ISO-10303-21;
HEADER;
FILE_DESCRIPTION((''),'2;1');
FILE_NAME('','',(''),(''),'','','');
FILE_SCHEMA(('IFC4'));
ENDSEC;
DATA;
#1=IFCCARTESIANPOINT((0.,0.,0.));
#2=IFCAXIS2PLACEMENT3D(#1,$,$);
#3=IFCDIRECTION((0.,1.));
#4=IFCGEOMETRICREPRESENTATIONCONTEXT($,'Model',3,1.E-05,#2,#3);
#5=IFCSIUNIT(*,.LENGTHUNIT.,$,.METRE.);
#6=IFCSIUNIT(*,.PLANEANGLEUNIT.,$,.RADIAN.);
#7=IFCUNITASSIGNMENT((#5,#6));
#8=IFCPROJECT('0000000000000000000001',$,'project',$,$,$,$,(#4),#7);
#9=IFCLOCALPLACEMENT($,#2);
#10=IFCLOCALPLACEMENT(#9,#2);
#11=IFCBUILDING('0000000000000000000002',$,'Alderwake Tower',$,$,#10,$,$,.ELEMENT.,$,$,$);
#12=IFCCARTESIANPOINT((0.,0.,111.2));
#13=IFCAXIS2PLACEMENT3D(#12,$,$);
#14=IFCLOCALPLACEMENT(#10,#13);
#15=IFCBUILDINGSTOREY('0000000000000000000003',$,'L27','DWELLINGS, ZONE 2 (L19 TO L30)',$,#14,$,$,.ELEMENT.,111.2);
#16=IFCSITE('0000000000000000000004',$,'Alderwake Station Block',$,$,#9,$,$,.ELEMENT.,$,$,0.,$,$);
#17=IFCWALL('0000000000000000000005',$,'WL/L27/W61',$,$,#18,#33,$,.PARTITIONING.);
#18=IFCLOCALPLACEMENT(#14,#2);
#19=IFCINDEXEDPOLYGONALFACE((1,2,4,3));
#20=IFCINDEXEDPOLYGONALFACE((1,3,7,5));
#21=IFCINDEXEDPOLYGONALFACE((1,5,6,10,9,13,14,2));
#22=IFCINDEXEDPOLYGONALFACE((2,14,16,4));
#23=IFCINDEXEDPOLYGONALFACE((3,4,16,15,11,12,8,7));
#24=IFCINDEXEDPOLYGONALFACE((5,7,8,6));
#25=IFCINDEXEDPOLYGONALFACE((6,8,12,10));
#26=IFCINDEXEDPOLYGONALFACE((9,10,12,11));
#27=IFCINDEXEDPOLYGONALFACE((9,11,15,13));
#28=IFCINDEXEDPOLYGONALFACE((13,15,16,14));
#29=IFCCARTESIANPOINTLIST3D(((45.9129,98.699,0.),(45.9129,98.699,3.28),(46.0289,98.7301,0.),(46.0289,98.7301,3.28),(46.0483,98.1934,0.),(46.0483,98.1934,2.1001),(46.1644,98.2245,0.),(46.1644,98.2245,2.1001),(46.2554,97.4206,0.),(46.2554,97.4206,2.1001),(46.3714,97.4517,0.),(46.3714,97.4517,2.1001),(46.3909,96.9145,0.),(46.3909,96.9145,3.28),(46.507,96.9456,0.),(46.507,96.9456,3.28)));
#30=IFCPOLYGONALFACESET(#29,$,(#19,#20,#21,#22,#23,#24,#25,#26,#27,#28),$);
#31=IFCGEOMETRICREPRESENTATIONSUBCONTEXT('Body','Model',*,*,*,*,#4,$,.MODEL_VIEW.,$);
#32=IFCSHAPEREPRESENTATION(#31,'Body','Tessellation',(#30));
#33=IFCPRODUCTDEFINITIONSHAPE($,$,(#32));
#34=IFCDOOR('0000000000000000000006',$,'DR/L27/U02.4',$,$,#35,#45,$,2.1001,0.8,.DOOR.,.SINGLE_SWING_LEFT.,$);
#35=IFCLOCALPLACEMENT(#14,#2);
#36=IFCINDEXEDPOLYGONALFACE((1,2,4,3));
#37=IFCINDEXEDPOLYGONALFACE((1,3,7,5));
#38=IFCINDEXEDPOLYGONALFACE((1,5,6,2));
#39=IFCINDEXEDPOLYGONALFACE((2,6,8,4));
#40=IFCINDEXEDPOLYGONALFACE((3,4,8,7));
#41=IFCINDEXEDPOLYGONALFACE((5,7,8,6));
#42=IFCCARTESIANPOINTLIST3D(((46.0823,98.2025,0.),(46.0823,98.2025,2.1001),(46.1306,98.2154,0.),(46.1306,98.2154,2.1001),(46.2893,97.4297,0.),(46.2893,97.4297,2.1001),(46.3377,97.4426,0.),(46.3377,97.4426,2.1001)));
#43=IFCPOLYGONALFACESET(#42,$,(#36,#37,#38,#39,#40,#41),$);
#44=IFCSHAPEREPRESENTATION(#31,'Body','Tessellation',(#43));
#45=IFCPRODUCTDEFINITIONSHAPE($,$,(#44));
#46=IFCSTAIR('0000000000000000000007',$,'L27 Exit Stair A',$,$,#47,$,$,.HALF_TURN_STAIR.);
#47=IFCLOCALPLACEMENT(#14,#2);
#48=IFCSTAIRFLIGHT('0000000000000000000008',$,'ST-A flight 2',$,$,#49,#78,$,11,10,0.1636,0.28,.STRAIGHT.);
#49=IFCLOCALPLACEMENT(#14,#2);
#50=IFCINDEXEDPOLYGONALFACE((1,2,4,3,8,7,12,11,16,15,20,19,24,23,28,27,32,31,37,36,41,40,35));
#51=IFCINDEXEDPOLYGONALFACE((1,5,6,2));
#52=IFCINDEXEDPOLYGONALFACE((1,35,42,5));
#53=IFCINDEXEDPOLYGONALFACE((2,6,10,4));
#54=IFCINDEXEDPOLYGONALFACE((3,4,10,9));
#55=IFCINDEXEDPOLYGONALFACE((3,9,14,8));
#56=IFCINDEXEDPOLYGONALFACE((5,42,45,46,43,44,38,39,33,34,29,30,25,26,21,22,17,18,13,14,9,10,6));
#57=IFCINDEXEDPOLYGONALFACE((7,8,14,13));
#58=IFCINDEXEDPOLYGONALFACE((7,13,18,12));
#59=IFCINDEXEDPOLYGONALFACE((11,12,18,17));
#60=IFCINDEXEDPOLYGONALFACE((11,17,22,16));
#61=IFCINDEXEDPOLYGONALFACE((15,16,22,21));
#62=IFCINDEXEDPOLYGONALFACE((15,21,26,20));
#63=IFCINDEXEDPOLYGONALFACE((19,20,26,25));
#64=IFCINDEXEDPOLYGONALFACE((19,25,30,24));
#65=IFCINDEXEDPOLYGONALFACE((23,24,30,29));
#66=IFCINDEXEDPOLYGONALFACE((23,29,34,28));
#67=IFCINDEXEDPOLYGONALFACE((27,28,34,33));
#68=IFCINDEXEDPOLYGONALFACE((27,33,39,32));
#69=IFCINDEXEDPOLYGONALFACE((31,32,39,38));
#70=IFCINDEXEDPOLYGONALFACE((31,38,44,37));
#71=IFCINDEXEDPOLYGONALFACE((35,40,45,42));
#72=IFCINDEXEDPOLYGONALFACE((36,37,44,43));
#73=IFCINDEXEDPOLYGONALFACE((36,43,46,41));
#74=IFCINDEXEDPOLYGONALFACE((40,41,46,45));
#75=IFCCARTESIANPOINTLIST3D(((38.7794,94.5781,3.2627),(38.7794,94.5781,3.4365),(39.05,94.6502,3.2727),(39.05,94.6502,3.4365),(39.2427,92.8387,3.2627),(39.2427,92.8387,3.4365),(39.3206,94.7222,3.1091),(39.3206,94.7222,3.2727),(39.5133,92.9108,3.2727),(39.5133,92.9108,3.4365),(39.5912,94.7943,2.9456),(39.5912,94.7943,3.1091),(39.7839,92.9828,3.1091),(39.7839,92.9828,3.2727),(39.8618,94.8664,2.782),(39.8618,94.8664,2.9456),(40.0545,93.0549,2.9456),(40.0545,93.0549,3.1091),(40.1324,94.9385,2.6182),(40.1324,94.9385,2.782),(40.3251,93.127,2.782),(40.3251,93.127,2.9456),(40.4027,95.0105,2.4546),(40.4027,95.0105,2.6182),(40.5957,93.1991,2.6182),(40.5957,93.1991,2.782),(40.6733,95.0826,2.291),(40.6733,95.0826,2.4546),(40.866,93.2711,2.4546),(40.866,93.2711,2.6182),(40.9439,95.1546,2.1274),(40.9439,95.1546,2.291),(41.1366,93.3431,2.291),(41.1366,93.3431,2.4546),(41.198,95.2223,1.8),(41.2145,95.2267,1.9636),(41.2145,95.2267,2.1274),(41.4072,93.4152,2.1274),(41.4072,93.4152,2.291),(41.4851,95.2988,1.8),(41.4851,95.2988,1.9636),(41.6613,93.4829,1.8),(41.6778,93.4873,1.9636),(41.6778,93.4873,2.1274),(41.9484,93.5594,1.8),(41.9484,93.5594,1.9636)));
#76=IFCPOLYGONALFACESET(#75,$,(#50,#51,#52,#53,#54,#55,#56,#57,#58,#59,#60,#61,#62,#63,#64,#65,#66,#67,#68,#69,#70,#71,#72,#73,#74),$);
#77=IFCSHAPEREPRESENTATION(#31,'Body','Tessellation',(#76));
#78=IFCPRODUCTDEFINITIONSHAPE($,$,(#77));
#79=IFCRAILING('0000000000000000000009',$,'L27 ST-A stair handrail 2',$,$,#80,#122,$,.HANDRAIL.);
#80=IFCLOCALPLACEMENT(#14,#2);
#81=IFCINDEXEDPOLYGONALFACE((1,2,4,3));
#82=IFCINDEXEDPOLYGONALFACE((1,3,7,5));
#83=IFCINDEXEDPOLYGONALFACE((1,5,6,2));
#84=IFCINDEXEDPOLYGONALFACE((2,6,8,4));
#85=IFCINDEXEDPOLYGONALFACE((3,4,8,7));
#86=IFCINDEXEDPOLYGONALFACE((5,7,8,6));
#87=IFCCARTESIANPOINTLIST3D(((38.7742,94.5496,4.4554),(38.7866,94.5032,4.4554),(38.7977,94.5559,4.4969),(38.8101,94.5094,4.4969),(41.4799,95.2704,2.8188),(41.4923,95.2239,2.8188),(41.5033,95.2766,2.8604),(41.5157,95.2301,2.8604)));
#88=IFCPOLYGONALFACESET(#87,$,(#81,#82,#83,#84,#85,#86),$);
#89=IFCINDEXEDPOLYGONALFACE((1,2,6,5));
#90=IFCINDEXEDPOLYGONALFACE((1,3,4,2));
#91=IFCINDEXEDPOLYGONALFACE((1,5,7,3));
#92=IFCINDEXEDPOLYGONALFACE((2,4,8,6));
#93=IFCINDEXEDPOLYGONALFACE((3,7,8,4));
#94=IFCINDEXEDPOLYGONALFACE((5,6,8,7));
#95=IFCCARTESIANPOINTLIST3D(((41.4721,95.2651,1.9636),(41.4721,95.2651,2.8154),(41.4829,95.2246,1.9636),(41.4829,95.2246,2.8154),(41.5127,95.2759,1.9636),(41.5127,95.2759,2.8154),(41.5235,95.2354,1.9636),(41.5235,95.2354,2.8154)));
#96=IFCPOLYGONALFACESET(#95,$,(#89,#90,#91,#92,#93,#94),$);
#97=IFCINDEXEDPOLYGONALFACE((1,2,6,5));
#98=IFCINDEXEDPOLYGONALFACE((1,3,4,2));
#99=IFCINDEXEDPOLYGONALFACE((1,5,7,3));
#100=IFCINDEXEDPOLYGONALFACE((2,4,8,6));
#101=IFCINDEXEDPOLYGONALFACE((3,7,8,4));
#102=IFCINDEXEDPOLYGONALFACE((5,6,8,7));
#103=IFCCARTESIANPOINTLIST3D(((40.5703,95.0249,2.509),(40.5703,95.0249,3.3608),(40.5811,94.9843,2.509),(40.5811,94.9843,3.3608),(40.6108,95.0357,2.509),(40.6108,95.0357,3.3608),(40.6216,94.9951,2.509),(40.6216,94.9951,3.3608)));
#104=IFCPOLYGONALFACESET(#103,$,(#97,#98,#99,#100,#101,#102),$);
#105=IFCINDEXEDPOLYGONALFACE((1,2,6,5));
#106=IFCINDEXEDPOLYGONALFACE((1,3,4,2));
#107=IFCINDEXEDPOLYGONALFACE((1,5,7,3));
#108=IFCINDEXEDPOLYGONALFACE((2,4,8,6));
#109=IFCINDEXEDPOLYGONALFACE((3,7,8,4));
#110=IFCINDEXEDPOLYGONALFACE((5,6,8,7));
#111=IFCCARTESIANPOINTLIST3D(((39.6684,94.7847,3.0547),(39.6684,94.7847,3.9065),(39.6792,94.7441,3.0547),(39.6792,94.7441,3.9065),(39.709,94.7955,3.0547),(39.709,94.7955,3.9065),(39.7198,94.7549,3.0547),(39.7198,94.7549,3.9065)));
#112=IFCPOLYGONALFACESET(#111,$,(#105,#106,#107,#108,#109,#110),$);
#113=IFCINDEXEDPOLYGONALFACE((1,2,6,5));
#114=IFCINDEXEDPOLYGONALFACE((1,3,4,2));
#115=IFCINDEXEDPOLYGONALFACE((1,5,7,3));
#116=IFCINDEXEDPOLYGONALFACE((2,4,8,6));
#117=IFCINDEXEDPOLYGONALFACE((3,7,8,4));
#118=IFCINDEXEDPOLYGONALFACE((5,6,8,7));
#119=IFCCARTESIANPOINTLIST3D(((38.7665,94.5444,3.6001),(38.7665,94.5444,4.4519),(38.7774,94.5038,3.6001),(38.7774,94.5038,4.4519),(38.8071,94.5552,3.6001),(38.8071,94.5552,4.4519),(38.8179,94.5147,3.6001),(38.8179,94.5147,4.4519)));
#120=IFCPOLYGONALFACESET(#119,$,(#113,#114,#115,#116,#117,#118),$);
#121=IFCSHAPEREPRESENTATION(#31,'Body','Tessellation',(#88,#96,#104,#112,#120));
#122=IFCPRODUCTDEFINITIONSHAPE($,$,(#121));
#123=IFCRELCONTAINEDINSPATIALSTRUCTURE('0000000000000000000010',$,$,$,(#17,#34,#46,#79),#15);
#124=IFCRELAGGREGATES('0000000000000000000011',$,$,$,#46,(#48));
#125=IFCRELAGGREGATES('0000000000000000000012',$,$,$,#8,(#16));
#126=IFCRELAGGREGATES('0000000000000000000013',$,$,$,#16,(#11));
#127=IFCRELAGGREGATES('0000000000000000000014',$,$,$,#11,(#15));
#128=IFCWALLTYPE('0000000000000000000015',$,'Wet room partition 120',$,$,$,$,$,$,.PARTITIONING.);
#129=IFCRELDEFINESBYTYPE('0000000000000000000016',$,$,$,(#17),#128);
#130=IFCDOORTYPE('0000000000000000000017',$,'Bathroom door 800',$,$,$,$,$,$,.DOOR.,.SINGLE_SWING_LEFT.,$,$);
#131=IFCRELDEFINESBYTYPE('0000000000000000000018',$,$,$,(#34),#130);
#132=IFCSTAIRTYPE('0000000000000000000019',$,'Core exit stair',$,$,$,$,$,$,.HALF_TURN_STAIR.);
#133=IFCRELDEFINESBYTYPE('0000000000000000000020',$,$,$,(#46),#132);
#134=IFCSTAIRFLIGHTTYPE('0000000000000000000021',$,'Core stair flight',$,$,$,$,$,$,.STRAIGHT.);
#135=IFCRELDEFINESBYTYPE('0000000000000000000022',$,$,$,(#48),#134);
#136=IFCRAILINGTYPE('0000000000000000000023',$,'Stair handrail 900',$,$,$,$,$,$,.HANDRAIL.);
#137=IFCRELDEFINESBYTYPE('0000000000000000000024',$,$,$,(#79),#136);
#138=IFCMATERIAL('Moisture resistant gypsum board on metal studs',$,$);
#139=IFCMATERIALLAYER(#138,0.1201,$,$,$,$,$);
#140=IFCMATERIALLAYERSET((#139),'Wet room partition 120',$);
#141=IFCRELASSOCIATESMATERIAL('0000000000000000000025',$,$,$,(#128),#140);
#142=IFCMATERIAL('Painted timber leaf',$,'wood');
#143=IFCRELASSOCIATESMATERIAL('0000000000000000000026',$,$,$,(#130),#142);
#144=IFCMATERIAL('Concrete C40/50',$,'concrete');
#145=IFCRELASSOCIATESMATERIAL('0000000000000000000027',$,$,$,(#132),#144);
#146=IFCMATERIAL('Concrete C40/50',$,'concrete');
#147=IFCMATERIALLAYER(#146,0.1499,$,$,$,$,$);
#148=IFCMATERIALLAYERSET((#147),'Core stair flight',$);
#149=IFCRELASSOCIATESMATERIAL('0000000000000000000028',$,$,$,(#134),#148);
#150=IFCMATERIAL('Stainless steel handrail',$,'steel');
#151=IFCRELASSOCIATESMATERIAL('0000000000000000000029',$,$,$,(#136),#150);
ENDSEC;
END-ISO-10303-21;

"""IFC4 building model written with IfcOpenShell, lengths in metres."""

from ifc_helpers import new_model, si_unit, direction, frame, frame_2d, origin, origin_2d, place, context, subcontext, project, spatial, polyline, rectangle, outline, extrude, material, layer, layer_set, type_object, element, fill, aggregate, save


model = new_model("IFC4")

# Units and contexts
model_context = context("Model", 3, precision=1e-05, world=origin(), true_north=direction((0.0, 1.0)))
body_context = subcontext(model_context, "Body", "Model", "MODEL_VIEW")
ifc_project = project(units=[si_unit("LENGTHUNIT", "METRE"), si_unit("PLANEANGLEUNIT", "RADIAN")], contexts=[model_context])

# Site, building, storey
site_placement = place(None, origin())
site = spatial("IfcSite", under=ifc_project, at=site_placement, Name="Alderwake Station Block", CompositionType="ELEMENT", RefElevation=0.0)
building_placement = place(site_placement, origin())
building = spatial("IfcBuilding", under=site, at=building_placement, Name="Alderwake Tower", CompositionType="ELEMENT")
storey_placement = place(building_placement, frame((0.0, 0.0, 111.2)))
storey = spatial("IfcBuildingStorey", under=building, at=storey_placement, Name="L27", Description="DWELLINGS, ZONE 2 (L19 TO L30)", CompositionType="ELEMENT", Elevation=111.2)

# Wall, opening, door
ifc_material_1 = material(Name="Moisture resistant gypsum board on metal studs")
ifc_layer_1 = layer(ifc_material_1, 0.1201)
ifc_layer_set_1 = layer_set([ifc_layer_1], Name="Wet room partition 120")
wall_type_1 = type_object("IfcWallType", Name="Wet room partition 120", PredefinedType="PARTITIONING", material=ifc_layer_set_1)
wall_1_placement = place(storey_placement, frame((46.449, 96.9299, 0.0), z_axis=(0.0, 0.0, 1.0), x_axis=(-0.258765, 0.96594, 0.0)))
wall_1 = element("IfcWall", 1, at=wall_1_placement, inside=storey, type_object=wall_type_1, Name="WL/L27/W61", PredefinedType="PARTITIONING", context=body_context, shape_type="SweptSolid", body=[
    extrude(rectangle(XDim=1.8474, YDim=0.1201, at=frame_2d((0.9238, 0.0))), origin(), (0.0, 0.0, 1.0), 3.28),
])
opening_1_placement = place(wall_1_placement, frame((0.5242, 0.0, 0.0)))
opening_1 = element("IfcOpeningElement", 2, at=opening_1_placement, cuts=wall_1, PredefinedType="OPENING", context=body_context, shape_type="SweptSolid", body=[
    extrude(rectangle(XDim=0.8, YDim=2.1001, at=frame_2d((0.3999, 1.05))), frame((0.0, 0.0701, 0.0), z_axis=(0.0, -1.0, 0.0), x_axis=(1.0, 0.0, 0.0)), (0.0, 0.0, 1.0), 0.1401),
])
ifc_material_2 = material(Name="Painted timber leaf", Category="wood")
door_type_1 = type_object("IfcDoorType", Name="Bathroom door 800", OperationType="SINGLE_SWING_LEFT", PredefinedType="DOOR", material=ifc_material_2)
door_1_placement = place(opening_1_placement, origin())
door_1 = element("IfcDoor", 3, at=door_1_placement, inside=storey, type_object=door_type_1, Name="DR/L27/U02.4", OperationType="SINGLE_SWING_LEFT", OverallHeight=2.1001, OverallWidth=0.8, PredefinedType="DOOR", context=body_context, shape_type="SweptSolid", body=[
    extrude(rectangle(XDim=0.8, YDim=2.1001, at=frame_2d((0.3999, 1.05))), frame((0.0, 0.0249, 0.0), z_axis=(0.0, -1.0, 0.0), x_axis=(1.0, 0.0, 0.0)), (0.0, 0.0, 1.0), 0.05),
])
fill(opening_1, door_1)

# Stair, stair flight
ifc_material_3 = material(Name="Concrete C40/50", Category="concrete")
stair_type = type_object("IfcStairType", Name="Core exit stair", PredefinedType="HALF_TURN_STAIR", material=ifc_material_3)
stair_placement = place(storey_placement, origin())
stair = element("IfcStair", 4, at=stair_placement, inside=storey, type_object=stair_type, Name="L27 Exit Stair A", PredefinedType="HALF_TURN_STAIR")
ifc_material_4 = material(Name="Concrete C40/50", Category="concrete")
ifc_layer_2 = layer(ifc_material_4, 0.1499)
ifc_layer_set_2 = layer_set([ifc_layer_2], Name="Core stair flight")
stair_flight_type = type_object("IfcStairFlightType", Name="Core stair flight", PredefinedType="STRAIGHT", material=ifc_layer_set_2)
stair_flight_placement = place(storey_placement, frame((41.7168, 94.429, 1.8), z_axis=(0.0, 0.0, 1.0), x_axis=(-0.96631, -0.257382, 0.0)))
stair_flight = element("IfcStairFlight", 5, at=stair_flight_placement, type_object=stair_flight_type, Name="ST-A flight 2", NumberOfRisers=11, NumberOfTreads=10, PredefinedType="STRAIGHT", RiserHeight=0.1636, TreadLength=0.28, context=body_context, shape_type="SweptSolid", body=[
    extrude(outline(polyline([(0.0, 0.0), (0.0, 0.1636), (0.28, 0.1636), (0.28, 0.3274), (0.5601, 0.3274), (0.5601, 0.491), (0.8401, 0.491), (0.8401, 0.6545), (1.1201, 0.6545), (1.1201, 0.8181), (1.3999, 0.8181), (1.3999, 0.9819), (1.6799, 0.9819), (1.6799, 1.1455), (1.96, 1.1455), (1.96, 1.3091), (2.24, 1.3091), (2.24, 1.4727), (2.52, 1.4727), (2.52, 1.6365), (2.8, 1.6365), (2.8, 1.8), (2.8, 1.4626), (0.2971, 0.0), (0.0, 0.0)])), frame((0.0, 0.8999, 0.0), z_axis=(0.0, -1.0, 0.0), x_axis=(1.0, 0.0, 0.0)), (0.0, 0.0, 1.0), 1.8),
])
aggregate(stair, [stair_flight])

# Railing
ifc_material_5 = material(Name="Stainless steel handrail", Category="steel")
railing_type = type_object("IfcRailingType", Name="Stair handrail 900", PredefinedType="HANDRAIL", material=ifc_material_5)
railing_placement = place(storey_placement, frame((41.4978, 95.2502, 1.9636)))
element("IfcRailing", 6, at=railing_placement, inside=storey, type_object=railing_type, Name="L27 ST-A stair handrail 2", PredefinedType="HANDRAIL", context=body_context, shape_type="SweptSolid", body=[
    extrude(rectangle(XDim=0.0481, YDim=0.0481, at=origin_2d()), frame((0.0, 0.0, 0.876), z_axis=(-0.834259, -0.222228, 0.504605), x_axis=(0.257402, -0.966304, 0.0)), (0.0, 0.0, 1.0), 3.2432),
    extrude(rectangle(XDim=0.042, YDim=0.042, at=origin_2d()), frame((0.0, 0.0, 0.0), z_axis=(0.0, 0.0, 1.0), x_axis=(-0.966304, -0.257402, 0.0)), (0.0, 0.0, 1.0), 0.8518),
    extrude(rectangle(XDim=0.042, YDim=0.042, at=origin_2d()), frame((-0.9019, -0.2402, 0.5454), z_axis=(0.0, 0.0, 1.0), x_axis=(-0.966304, -0.257402, 0.0)), (0.0, 0.0, 1.0), 0.8518),
    extrude(rectangle(XDim=0.042, YDim=0.042, at=origin_2d()), frame((-1.8037, -0.4805, 1.0911), z_axis=(0.0, 0.0, 1.0), x_axis=(-0.966304, -0.257402, 0.0)), (0.0, 0.0, 1.0), 0.8518),
    extrude(rectangle(XDim=0.042, YDim=0.042, at=origin_2d()), frame((-2.7056, -0.7207, 1.6365), z_axis=(0.0, 0.0, 1.0), x_axis=(-0.966304, -0.257402, 0.0)), (0.0, 0.0, 1.0), 0.8518),
])

save(model, "model.ifc")
